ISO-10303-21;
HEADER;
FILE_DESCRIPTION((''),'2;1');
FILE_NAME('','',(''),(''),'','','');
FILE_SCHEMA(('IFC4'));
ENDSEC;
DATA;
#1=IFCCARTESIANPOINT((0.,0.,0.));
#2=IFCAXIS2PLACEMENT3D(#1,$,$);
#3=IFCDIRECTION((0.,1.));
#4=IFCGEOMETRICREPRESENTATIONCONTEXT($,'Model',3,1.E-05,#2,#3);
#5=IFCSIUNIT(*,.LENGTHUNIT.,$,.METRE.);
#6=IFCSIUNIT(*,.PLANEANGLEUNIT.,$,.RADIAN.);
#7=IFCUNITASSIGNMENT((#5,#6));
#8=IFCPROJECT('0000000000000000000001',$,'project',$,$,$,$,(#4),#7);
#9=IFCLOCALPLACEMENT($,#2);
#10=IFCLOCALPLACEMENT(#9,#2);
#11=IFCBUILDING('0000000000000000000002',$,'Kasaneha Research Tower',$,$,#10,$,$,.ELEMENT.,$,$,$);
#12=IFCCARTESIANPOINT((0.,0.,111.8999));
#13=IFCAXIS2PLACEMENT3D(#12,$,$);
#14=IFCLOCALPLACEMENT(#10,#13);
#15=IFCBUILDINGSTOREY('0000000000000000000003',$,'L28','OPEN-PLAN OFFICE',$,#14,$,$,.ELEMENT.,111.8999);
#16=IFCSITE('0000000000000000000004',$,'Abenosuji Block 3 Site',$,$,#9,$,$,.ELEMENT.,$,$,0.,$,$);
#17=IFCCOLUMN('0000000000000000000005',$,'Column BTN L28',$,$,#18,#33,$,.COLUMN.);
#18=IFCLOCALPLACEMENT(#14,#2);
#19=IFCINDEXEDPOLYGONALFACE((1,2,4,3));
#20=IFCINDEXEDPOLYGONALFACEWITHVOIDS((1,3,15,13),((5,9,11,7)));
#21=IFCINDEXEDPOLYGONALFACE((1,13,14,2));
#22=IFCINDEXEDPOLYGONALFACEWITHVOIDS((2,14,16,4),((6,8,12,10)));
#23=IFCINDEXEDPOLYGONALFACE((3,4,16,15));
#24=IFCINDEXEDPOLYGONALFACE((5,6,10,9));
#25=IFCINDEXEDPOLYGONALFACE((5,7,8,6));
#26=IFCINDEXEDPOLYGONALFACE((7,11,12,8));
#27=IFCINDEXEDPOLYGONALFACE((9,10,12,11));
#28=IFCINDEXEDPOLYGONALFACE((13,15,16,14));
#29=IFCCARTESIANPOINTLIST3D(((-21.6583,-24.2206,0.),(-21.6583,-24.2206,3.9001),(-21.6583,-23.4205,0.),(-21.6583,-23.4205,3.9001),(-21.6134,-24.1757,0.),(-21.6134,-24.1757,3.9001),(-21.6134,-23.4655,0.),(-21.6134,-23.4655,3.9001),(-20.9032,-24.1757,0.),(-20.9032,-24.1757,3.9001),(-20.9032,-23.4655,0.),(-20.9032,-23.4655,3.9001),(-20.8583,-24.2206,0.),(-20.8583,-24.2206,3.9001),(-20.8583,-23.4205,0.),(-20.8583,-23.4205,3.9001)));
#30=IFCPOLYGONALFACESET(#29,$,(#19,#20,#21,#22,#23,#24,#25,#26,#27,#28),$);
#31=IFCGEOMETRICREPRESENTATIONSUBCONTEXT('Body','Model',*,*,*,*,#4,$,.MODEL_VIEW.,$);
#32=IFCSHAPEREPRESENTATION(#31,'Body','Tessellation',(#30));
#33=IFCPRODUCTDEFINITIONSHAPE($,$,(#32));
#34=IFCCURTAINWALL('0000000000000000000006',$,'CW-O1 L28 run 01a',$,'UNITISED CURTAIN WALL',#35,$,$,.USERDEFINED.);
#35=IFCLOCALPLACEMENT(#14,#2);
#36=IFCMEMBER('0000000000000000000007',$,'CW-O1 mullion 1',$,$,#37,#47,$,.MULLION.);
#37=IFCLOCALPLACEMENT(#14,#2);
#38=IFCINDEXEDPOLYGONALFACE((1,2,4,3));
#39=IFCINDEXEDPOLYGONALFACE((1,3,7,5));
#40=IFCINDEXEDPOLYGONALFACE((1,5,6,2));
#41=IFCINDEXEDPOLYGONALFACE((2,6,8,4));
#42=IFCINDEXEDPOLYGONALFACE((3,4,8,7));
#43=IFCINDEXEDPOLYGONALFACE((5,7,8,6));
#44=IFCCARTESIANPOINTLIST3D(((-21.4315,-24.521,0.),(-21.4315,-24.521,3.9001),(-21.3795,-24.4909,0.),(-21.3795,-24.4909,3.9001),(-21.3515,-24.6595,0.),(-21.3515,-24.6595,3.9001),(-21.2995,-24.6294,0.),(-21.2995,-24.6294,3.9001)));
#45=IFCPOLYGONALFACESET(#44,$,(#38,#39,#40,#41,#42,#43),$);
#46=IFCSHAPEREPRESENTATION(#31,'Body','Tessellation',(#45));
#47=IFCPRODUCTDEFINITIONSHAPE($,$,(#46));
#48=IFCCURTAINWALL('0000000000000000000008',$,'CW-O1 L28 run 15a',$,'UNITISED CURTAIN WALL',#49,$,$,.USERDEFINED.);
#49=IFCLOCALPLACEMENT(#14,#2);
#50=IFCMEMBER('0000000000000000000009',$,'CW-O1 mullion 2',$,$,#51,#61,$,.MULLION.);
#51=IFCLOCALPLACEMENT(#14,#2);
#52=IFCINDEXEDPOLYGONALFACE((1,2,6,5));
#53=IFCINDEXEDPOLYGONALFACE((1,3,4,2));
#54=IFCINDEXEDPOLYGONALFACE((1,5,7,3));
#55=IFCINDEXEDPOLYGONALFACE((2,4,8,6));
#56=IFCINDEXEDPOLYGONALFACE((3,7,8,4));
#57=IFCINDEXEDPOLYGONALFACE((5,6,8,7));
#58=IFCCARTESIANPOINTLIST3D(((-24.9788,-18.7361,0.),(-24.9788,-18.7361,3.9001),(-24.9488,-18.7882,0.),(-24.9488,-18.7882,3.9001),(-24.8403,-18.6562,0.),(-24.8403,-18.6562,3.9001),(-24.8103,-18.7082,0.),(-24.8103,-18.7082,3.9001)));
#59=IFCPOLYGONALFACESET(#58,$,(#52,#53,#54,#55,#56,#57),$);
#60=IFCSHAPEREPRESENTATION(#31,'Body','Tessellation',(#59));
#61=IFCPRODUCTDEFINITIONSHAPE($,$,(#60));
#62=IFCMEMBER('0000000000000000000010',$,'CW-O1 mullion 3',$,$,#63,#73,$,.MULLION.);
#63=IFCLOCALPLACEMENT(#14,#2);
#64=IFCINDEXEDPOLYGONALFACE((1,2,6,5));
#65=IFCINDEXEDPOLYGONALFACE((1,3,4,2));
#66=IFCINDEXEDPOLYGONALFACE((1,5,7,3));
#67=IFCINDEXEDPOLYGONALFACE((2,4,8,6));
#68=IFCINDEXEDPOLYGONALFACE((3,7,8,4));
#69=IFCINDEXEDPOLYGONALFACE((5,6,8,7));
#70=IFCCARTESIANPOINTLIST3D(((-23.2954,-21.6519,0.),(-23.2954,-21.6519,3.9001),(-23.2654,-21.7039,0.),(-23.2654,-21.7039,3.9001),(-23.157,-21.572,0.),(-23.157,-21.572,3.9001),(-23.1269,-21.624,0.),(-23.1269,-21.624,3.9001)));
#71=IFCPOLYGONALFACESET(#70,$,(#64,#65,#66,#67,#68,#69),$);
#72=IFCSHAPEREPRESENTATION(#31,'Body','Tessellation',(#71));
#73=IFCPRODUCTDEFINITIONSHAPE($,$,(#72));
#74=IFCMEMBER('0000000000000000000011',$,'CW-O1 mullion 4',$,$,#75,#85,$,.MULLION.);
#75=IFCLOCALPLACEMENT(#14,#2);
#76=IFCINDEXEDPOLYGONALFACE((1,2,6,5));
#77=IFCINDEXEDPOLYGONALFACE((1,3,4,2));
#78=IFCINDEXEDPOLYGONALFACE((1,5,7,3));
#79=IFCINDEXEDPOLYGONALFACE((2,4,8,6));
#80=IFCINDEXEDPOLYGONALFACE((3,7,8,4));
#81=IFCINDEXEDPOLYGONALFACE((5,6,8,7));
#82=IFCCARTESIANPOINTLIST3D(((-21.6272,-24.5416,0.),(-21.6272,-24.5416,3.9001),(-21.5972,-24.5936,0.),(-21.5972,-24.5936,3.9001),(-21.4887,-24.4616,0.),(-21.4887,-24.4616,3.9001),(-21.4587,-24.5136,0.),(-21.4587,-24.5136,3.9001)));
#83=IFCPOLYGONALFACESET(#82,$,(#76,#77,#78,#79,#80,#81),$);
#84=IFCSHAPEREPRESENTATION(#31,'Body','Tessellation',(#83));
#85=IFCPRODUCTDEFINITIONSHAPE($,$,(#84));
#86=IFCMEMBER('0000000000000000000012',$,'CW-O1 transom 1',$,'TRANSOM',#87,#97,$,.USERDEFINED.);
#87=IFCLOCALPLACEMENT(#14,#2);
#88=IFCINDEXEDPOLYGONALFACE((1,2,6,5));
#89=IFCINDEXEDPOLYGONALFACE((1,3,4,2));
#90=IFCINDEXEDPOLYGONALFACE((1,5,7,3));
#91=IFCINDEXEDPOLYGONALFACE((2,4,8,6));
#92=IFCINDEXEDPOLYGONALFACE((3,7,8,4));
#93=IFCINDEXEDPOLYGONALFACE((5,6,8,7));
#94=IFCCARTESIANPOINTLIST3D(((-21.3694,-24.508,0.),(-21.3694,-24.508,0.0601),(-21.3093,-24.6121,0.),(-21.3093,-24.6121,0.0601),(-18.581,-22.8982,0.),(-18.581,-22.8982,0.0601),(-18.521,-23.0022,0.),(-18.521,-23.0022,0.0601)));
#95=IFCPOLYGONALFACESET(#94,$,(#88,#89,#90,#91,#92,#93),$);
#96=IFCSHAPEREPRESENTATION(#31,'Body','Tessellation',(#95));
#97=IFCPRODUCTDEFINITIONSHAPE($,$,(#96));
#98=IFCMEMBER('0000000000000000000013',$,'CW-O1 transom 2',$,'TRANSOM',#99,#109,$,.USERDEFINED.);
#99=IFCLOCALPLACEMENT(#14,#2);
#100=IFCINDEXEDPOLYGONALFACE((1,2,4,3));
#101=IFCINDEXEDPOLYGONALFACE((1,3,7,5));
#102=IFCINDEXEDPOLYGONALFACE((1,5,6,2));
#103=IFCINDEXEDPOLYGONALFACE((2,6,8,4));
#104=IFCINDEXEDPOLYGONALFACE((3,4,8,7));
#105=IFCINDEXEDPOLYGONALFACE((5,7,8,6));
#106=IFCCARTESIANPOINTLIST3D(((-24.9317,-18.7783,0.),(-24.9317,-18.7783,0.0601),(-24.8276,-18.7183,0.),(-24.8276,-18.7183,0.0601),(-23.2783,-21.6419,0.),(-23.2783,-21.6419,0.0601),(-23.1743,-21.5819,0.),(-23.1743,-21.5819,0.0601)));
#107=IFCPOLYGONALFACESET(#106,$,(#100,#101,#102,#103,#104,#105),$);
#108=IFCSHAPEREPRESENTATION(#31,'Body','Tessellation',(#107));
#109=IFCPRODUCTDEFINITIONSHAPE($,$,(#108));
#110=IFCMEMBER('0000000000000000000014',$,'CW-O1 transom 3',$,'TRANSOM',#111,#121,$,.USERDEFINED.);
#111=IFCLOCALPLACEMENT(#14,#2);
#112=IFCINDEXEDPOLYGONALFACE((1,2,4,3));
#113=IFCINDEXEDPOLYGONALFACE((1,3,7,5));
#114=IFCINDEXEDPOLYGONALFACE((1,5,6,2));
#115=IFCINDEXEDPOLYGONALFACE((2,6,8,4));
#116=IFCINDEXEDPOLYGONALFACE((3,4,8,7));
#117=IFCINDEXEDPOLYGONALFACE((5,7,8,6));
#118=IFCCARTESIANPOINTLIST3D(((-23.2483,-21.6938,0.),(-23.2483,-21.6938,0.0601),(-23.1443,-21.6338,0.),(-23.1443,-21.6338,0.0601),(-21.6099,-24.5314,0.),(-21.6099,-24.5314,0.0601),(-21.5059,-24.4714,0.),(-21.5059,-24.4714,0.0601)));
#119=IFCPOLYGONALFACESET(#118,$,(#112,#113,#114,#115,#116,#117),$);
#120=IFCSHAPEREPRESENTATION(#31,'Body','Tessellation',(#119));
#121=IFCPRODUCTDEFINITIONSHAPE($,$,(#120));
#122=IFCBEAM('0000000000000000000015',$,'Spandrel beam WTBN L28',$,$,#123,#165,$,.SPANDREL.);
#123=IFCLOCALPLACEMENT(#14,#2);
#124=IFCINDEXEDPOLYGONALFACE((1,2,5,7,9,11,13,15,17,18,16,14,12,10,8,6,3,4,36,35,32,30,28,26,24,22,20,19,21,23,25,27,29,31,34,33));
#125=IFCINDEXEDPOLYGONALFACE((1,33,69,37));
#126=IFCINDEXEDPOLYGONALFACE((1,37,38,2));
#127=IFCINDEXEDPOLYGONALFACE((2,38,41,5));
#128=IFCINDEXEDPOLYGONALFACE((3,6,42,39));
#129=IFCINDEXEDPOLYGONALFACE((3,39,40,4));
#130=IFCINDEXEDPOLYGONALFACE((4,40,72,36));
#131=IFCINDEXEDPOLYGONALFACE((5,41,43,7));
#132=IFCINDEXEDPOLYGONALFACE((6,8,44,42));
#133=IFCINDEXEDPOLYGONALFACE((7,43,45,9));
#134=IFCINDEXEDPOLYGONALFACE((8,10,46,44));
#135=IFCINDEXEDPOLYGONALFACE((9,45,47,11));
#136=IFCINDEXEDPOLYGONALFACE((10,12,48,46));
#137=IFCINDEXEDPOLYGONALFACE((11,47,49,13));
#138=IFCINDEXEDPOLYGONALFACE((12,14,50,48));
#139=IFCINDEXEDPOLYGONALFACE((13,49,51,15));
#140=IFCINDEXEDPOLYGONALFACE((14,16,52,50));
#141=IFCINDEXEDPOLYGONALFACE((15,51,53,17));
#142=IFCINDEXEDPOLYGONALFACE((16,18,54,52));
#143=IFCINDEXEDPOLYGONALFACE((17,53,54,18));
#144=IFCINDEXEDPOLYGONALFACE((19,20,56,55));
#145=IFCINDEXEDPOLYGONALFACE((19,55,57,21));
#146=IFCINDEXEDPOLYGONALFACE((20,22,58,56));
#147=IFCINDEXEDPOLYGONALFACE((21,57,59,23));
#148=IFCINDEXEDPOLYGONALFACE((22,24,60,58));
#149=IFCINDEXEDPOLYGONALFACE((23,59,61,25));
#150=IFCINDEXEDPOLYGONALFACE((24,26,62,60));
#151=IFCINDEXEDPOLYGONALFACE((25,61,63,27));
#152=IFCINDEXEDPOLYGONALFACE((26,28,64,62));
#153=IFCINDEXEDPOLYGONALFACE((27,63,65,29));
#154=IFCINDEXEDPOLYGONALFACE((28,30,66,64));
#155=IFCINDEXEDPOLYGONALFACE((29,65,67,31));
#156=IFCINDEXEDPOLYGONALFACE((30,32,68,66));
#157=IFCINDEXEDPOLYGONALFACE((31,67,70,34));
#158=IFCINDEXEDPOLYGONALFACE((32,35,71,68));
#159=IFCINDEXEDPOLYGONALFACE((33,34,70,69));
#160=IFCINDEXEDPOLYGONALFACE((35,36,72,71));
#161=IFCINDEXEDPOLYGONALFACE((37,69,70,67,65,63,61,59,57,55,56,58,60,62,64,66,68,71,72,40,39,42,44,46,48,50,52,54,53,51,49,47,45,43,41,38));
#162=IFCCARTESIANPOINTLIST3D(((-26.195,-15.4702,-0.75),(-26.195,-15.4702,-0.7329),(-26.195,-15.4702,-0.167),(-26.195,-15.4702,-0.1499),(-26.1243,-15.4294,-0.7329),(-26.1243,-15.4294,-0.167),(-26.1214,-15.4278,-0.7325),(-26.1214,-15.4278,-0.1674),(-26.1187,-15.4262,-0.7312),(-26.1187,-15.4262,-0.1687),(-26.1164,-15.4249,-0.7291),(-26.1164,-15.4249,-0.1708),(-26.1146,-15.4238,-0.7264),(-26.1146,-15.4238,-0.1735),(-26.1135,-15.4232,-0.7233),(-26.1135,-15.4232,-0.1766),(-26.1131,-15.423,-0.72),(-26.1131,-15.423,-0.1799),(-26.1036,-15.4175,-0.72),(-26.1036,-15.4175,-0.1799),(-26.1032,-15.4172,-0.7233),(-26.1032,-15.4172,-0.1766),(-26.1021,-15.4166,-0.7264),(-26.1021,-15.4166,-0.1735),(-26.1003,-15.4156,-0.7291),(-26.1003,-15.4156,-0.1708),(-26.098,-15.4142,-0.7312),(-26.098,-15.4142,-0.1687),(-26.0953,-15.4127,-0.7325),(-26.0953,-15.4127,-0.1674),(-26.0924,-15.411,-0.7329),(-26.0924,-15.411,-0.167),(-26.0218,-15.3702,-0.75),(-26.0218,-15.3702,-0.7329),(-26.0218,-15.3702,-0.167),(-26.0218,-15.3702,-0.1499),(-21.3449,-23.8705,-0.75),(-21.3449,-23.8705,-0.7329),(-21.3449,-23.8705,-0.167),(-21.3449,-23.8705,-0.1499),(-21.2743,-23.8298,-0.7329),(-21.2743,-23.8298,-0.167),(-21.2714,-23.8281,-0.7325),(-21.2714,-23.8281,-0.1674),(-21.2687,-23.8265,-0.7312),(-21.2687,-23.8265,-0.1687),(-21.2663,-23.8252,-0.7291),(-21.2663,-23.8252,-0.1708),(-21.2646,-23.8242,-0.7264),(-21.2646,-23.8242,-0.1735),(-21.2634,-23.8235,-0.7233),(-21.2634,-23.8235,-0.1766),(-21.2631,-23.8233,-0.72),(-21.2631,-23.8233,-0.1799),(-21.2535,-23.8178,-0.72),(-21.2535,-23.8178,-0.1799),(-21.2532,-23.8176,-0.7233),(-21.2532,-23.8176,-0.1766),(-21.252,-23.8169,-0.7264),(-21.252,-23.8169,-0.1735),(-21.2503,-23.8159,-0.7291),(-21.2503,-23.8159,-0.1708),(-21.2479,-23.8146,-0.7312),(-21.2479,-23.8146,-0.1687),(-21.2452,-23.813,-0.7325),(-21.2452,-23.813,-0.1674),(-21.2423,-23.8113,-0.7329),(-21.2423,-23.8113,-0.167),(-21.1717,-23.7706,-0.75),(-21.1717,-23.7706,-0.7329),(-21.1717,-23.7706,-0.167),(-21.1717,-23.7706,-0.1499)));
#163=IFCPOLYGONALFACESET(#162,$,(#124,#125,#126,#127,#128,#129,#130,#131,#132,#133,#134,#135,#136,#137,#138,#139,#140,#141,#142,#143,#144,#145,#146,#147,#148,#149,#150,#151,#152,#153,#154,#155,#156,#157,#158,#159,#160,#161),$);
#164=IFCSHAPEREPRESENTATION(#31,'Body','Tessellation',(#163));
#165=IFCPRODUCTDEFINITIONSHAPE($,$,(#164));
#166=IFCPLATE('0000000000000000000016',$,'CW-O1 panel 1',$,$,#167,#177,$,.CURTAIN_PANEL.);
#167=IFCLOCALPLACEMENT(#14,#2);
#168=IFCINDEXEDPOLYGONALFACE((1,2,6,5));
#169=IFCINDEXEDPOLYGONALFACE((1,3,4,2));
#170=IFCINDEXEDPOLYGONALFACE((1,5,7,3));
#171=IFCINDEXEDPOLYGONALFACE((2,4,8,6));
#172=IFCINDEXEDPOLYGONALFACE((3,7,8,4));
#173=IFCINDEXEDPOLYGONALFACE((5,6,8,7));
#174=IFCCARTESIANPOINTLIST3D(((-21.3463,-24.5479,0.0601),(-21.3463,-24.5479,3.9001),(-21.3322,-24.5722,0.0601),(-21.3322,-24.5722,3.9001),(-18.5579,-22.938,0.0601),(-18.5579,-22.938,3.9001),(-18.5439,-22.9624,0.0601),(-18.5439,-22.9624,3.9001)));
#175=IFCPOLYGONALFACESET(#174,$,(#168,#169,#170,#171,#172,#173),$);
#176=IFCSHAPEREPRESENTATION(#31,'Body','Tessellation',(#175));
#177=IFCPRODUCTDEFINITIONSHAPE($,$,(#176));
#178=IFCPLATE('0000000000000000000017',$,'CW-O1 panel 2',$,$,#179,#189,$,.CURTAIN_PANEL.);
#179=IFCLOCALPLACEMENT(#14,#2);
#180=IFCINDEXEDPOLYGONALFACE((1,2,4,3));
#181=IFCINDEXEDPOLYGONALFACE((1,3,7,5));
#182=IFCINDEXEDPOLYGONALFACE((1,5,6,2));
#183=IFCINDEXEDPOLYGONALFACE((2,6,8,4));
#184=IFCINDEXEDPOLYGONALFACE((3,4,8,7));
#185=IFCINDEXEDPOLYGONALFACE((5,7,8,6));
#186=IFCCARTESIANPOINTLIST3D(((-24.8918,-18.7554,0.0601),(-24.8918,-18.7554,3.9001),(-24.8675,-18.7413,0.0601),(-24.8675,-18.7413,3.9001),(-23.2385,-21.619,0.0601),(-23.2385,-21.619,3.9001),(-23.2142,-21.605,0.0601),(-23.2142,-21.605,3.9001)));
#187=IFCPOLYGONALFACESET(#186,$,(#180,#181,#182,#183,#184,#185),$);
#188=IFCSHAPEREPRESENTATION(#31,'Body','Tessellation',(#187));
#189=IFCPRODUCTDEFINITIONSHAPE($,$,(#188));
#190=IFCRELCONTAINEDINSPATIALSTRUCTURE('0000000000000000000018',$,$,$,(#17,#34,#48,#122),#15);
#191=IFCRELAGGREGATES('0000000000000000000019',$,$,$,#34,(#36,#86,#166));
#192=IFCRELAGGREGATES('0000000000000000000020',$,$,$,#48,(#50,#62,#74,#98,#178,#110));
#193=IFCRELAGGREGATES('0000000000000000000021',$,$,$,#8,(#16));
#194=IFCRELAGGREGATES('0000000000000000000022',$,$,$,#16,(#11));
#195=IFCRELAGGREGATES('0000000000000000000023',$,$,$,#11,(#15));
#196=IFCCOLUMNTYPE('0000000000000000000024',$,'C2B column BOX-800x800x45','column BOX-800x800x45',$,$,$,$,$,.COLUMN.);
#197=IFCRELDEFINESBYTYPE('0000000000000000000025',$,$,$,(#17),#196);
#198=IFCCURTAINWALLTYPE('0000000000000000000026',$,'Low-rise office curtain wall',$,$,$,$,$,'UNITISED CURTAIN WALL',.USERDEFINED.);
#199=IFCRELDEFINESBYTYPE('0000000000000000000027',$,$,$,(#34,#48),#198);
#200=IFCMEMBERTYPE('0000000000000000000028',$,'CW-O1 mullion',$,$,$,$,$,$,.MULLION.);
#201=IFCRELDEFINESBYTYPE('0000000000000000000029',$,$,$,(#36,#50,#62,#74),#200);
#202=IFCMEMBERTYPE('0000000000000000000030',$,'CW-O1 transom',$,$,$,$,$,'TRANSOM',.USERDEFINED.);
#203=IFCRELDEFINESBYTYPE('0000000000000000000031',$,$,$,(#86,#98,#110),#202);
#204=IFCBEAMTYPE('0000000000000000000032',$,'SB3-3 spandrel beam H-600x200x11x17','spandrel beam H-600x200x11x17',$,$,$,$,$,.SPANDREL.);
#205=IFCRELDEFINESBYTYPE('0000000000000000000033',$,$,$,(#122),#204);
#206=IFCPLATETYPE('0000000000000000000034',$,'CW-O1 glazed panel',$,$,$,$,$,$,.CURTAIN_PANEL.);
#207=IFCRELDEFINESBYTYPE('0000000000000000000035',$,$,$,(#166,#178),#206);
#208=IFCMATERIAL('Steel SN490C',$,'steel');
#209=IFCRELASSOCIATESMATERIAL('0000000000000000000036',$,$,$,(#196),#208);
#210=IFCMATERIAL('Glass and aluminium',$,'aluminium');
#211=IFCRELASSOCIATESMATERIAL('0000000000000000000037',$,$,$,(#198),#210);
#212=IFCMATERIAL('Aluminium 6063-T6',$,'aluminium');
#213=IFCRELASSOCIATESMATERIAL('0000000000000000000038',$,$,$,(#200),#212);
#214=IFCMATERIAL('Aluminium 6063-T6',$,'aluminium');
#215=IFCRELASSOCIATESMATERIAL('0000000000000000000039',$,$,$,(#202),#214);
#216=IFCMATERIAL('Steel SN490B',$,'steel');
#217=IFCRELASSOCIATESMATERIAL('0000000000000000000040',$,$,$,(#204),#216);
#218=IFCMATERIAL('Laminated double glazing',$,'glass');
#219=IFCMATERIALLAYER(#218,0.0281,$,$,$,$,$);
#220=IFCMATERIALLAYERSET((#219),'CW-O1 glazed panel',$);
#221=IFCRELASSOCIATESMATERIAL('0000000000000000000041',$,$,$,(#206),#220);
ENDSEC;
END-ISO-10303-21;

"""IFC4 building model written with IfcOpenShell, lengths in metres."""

from ifc_helpers import new_model, si_unit, direction, frame, origin, origin_2d, place, context, subcontext, project, spatial, rectangle, hollow_rectangle, i_section, extrude, material, layer, layer_set, material_profile, profile_set, type_object, element, aggregate, save


model = new_model("IFC4")

# Units and contexts
model_context = context("Model", 3, precision=1e-05, world=origin(), true_north=direction((0.0, 1.0)))
body_context = subcontext(model_context, "Body", "Model", "MODEL_VIEW")
ifc_project = project(units=[si_unit("LENGTHUNIT", "METRE"), si_unit("PLANEANGLEUNIT", "RADIAN")], contexts=[model_context])

# Site, building, storey
site_placement = place(None, origin())
site = spatial("IfcSite", under=ifc_project, at=site_placement, Name="Abenosuji Block 3 Site", CompositionType="ELEMENT", RefElevation=0.0)
building_placement = place(site_placement, origin())
building = spatial("IfcBuilding", under=site, at=building_placement, Name="Kasaneha Research Tower", CompositionType="ELEMENT")
storey_placement = place(building_placement, frame((0.0, 0.0, 111.8999)))
storey = spatial("IfcBuildingStorey", under=building, at=storey_placement, Name="L28", Description="OPEN-PLAN OFFICE", CompositionType="ELEMENT", Elevation=111.8999)

# Column
ifc_material_1 = material(Name="Steel SN490C", Category="steel")
ifc_material_profile_1 = material_profile(ifc_material_1, hollow_rectangle(XDim=0.8, YDim=0.8, WallThickness=0.0449, at=origin_2d()), Name="BOX-800x800x45")
ifc_profile_set_1 = profile_set([ifc_material_profile_1], Name="Steel SN490C")
column_type = type_object("IfcColumnType", Name="C2B column BOX-800x800x45", Description="column BOX-800x800x45", PredefinedType="COLUMN", material=ifc_profile_set_1)
column_placement = place(storey_placement, frame((-21.2583, -23.8206, 0.0), z_axis=(0.0, 0.0, 1.0), x_axis=(1.0, 0.0, 0.0)))
element("IfcColumn", 1, at=column_placement, inside=storey, type_object=column_type, Name="Column BTN L28", PredefinedType="COLUMN", context=body_context, shape_type="SweptSolid", body=[
    extrude(hollow_rectangle(XDim=0.8, YDim=0.8, WallThickness=0.0449, at=origin_2d()), origin(), (0.0, 0.0, 1.0), 3.9001),
])

# Curtain wall, member
ifc_material_2 = material(Name="Glass and aluminium", Category="aluminium")
curtain_wall_type = type_object("IfcCurtainWallType", Name="Low-rise office curtain wall", ElementType="UNITISED CURTAIN WALL", PredefinedType="USERDEFINED", material=ifc_material_2)
curtain_wall_1_placement = place(storey_placement, origin())
curtain_wall_1 = element("IfcCurtainWall", 2, at=curtain_wall_1_placement, inside=storey, type_object=curtain_wall_type, Name="CW-O1 L28 run 01a", ObjectType="UNITISED CURTAIN WALL", PredefinedType="USERDEFINED")
ifc_material_3 = material(Name="Aluminium 6063-T6", Category="aluminium")
ifc_material_profile_2 = material_profile(ifc_material_3, rectangle(XDim=0.0601, YDim=0.1599, at=origin_2d()), Name="CW-O1 mullion 60x160")
ifc_profile_set_2 = profile_set([ifc_material_profile_2], Name="Aluminium 6063-T6")
member_type_1 = type_object("IfcMemberType", Name="CW-O1 mullion", PredefinedType="MULLION", material=ifc_profile_set_2)
member_1_placement = place(storey_placement, frame((-21.3655, -24.5752, 0.0), z_axis=(0.0, 0.0, 1.0), x_axis=(0.866025, 0.5, 0.0)))
member_1 = element("IfcMember", 3, at=member_1_placement, type_object=member_type_1, Name="CW-O1 mullion 1", PredefinedType="MULLION", context=body_context, shape_type="SweptSolid", body=[
    extrude(rectangle(XDim=0.0601, YDim=0.1599, at=origin_2d()), origin(), (0.0, 0.0, 1.0), 3.9001),
])

# Curtain wall, members
curtain_wall_2_placement = place(storey_placement, origin())
curtain_wall_2 = element("IfcCurtainWall", 4, at=curtain_wall_2_placement, inside=storey, type_object=curtain_wall_type, Name="CW-O1 L28 run 15a", ObjectType="UNITISED CURTAIN WALL", PredefinedType="USERDEFINED")
member_2_placement = place(storey_placement, frame((-24.8945, -18.7222, 0.0), z_axis=(0.0, 0.0, 1.0), x_axis=(0.5, -0.866025, 0.0)))
member_2 = element("IfcMember", 5, at=member_2_placement, type_object=member_type_1, Name="CW-O1 mullion 2", PredefinedType="MULLION", context=body_context, shape_type="SweptSolid", body=[
    extrude(rectangle(XDim=0.0601, YDim=0.1599, at=origin_2d()), origin(), (0.0, 0.0, 1.0), 3.9001),
])
member_3_placement = place(storey_placement, frame((-23.2112, -21.6379, 0.0), z_axis=(0.0, 0.0, 1.0), x_axis=(0.5, -0.866025, 0.0)))
member_3 = element("IfcMember", 6, at=member_3_placement, type_object=member_type_1, Name="CW-O1 mullion 3", PredefinedType="MULLION", context=body_context, shape_type="SweptSolid", body=[
    extrude(rectangle(XDim=0.0601, YDim=0.1599, at=origin_2d()), origin(), (0.0, 0.0, 1.0), 3.9001),
])
member_4_placement = place(storey_placement, frame((-21.543, -24.5276, 0.0), z_axis=(0.0, 0.0, 1.0), x_axis=(0.5, -0.866025, 0.0)))
member_4 = element("IfcMember", 7, at=member_4_placement, type_object=member_type_1, Name="CW-O1 mullion 4", PredefinedType="MULLION", context=body_context, shape_type="SweptSolid", body=[
    extrude(rectangle(XDim=0.0601, YDim=0.1599, at=origin_2d()), origin(), (0.0, 0.0, 1.0), 3.9001),
])

# Members
ifc_material_4 = material(Name="Aluminium 6063-T6", Category="aluminium")
ifc_material_profile_3 = material_profile(ifc_material_4, rectangle(XDim=0.1201, YDim=0.0601, at=origin_2d()), Name="CW-O1 transom 120x60")
ifc_profile_set_3 = profile_set([ifc_material_profile_3], Name="Aluminium 6063-T6")
member_type_2 = type_object("IfcMemberType", Name="CW-O1 transom", ElementType="TRANSOM", PredefinedType="USERDEFINED", material=ifc_profile_set_3)
member_5_placement = place(storey_placement, frame((-21.3394, -24.5601, 0.03), z_axis=(0.866023, 0.500005, 0.0), x_axis=(-0.500005, 0.866023, 0.0)))
member_5 = element("IfcMember", 8, at=member_5_placement, type_object=member_type_2, Name="CW-O1 transom 1", ObjectType="TRANSOM", PredefinedType="USERDEFINED", context=body_context, shape_type="SweptSolid", body=[
    extrude(rectangle(XDim=0.1201, YDim=0.0601, at=origin_2d()), origin(), (0.0, 0.0, 1.0), 3.2197),
])
member_6_placement = place(storey_placement, frame((-24.8796, -18.7483, 0.03), z_axis=(0.500014, -0.866017, 0.0), x_axis=(0.866017, 0.500014, 0.0)))
member_6 = element("IfcMember", 9, at=member_6_placement, type_object=member_type_2, Name="CW-O1 transom 2", ObjectType="TRANSOM", PredefinedType="USERDEFINED", context=body_context, shape_type="SweptSolid", body=[
    extrude(rectangle(XDim=0.1201, YDim=0.0601, at=origin_2d()), origin(), (0.0, 0.0, 1.0), 3.3066),
])
member_7_placement = place(storey_placement, frame((-23.1963, -21.6638, 0.03), z_axis=(0.500026, -0.866011, 0.0), x_axis=(0.866011, 0.500026, 0.0)))
member_7 = element("IfcMember", 10, at=member_7_placement, type_object=member_type_2, Name="CW-O1 transom 3", ObjectType="TRANSOM", PredefinedType="USERDEFINED", context=body_context, shape_type="SweptSolid", body=[
    extrude(rectangle(XDim=0.1201, YDim=0.0601, at=origin_2d()), origin(), (0.0, 0.0, 1.0), 3.2766),
])

# Beam
ifc_material_5 = material(Name="Steel SN490B", Category="steel")
ifc_material_profile_4 = material_profile(ifc_material_5, i_section(OverallWidth=0.2, OverallDepth=0.6001, WebThickness=0.011, FlangeThickness=0.0171, FilletRadius=0.0129, at=origin_2d()), Name="H-600x200x11x17")
ifc_profile_set_4 = profile_set([ifc_material_profile_4], Name="Steel SN490B")
beam_type = type_object("IfcBeamType", Name="SB3-3 spandrel beam H-600x200x11x17", Description="spandrel beam H-600x200x11x17", PredefinedType="SPANDREL", material=ifc_profile_set_4)
beam_placement = place(storey_placement, frame((-21.2583, -23.8206, -0.45), z_axis=(-0.50001, 0.86602, 0.0), x_axis=(-0.86602, -0.50001, 0.0)))
element("IfcBeam", 11, at=beam_placement, inside=storey, type_object=beam_type, Name="Spandrel beam WTBN L28", PredefinedType="SPANDREL", context=body_context, shape_type="SweptSolid", body=[
    extrude(i_section(OverallWidth=0.2, OverallDepth=0.6001, WebThickness=0.011, FlangeThickness=0.0171, FilletRadius=0.0129, at=origin_2d()), origin(), (0.0, 0.0, 1.0), 9.7),
])

# Plates
ifc_material_6 = material(Name="Laminated double glazing", Category="glass")
ifc_layer_1 = layer(ifc_material_6, 0.0281)
ifc_layer_set_1 = layer_set([ifc_layer_1], Name="CW-O1 glazed panel")
plate_type = type_object("IfcPlateType", Name="CW-O1 glazed panel", PredefinedType="CURTAIN_PANEL", material=ifc_layer_set_1)
plate_1_placement = place(storey_placement, frame((-19.9451, -23.7551, 0.0601), z_axis=(0.0, 0.0, 1.0), x_axis=(0.866025, 0.5, 0.0)))
plate_1 = element("IfcPlate", 12, at=plate_1_placement, type_object=plate_type, Name="CW-O1 panel 1", PredefinedType="CURTAIN_PANEL", context=body_context, shape_type="SweptSolid", body=[
    extrude(rectangle(XDim=3.2197, YDim=0.0281, at=origin_2d()), origin(), (0.0, 0.0, 1.0), 3.8401),
])
aggregate(curtain_wall_1, [member_1, member_5, plate_1])
plate_2_placement = place(storey_placement, frame((-24.053, -20.1802, 0.0601), z_axis=(0.0, 0.0, 1.0), x_axis=(0.5, -0.866025, 0.0)))
plate_2 = element("IfcPlate", 13, at=plate_2_placement, type_object=plate_type, Name="CW-O1 panel 2", PredefinedType="CURTAIN_PANEL", context=body_context, shape_type="SweptSolid", body=[
    extrude(rectangle(XDim=3.3066, YDim=0.0281, at=origin_2d()), origin(), (0.0, 0.0, 1.0), 3.8401),
])
aggregate(curtain_wall_2, [member_2, member_3, member_4, member_6, plate_2, member_7])

save(model, "model.ifc")
